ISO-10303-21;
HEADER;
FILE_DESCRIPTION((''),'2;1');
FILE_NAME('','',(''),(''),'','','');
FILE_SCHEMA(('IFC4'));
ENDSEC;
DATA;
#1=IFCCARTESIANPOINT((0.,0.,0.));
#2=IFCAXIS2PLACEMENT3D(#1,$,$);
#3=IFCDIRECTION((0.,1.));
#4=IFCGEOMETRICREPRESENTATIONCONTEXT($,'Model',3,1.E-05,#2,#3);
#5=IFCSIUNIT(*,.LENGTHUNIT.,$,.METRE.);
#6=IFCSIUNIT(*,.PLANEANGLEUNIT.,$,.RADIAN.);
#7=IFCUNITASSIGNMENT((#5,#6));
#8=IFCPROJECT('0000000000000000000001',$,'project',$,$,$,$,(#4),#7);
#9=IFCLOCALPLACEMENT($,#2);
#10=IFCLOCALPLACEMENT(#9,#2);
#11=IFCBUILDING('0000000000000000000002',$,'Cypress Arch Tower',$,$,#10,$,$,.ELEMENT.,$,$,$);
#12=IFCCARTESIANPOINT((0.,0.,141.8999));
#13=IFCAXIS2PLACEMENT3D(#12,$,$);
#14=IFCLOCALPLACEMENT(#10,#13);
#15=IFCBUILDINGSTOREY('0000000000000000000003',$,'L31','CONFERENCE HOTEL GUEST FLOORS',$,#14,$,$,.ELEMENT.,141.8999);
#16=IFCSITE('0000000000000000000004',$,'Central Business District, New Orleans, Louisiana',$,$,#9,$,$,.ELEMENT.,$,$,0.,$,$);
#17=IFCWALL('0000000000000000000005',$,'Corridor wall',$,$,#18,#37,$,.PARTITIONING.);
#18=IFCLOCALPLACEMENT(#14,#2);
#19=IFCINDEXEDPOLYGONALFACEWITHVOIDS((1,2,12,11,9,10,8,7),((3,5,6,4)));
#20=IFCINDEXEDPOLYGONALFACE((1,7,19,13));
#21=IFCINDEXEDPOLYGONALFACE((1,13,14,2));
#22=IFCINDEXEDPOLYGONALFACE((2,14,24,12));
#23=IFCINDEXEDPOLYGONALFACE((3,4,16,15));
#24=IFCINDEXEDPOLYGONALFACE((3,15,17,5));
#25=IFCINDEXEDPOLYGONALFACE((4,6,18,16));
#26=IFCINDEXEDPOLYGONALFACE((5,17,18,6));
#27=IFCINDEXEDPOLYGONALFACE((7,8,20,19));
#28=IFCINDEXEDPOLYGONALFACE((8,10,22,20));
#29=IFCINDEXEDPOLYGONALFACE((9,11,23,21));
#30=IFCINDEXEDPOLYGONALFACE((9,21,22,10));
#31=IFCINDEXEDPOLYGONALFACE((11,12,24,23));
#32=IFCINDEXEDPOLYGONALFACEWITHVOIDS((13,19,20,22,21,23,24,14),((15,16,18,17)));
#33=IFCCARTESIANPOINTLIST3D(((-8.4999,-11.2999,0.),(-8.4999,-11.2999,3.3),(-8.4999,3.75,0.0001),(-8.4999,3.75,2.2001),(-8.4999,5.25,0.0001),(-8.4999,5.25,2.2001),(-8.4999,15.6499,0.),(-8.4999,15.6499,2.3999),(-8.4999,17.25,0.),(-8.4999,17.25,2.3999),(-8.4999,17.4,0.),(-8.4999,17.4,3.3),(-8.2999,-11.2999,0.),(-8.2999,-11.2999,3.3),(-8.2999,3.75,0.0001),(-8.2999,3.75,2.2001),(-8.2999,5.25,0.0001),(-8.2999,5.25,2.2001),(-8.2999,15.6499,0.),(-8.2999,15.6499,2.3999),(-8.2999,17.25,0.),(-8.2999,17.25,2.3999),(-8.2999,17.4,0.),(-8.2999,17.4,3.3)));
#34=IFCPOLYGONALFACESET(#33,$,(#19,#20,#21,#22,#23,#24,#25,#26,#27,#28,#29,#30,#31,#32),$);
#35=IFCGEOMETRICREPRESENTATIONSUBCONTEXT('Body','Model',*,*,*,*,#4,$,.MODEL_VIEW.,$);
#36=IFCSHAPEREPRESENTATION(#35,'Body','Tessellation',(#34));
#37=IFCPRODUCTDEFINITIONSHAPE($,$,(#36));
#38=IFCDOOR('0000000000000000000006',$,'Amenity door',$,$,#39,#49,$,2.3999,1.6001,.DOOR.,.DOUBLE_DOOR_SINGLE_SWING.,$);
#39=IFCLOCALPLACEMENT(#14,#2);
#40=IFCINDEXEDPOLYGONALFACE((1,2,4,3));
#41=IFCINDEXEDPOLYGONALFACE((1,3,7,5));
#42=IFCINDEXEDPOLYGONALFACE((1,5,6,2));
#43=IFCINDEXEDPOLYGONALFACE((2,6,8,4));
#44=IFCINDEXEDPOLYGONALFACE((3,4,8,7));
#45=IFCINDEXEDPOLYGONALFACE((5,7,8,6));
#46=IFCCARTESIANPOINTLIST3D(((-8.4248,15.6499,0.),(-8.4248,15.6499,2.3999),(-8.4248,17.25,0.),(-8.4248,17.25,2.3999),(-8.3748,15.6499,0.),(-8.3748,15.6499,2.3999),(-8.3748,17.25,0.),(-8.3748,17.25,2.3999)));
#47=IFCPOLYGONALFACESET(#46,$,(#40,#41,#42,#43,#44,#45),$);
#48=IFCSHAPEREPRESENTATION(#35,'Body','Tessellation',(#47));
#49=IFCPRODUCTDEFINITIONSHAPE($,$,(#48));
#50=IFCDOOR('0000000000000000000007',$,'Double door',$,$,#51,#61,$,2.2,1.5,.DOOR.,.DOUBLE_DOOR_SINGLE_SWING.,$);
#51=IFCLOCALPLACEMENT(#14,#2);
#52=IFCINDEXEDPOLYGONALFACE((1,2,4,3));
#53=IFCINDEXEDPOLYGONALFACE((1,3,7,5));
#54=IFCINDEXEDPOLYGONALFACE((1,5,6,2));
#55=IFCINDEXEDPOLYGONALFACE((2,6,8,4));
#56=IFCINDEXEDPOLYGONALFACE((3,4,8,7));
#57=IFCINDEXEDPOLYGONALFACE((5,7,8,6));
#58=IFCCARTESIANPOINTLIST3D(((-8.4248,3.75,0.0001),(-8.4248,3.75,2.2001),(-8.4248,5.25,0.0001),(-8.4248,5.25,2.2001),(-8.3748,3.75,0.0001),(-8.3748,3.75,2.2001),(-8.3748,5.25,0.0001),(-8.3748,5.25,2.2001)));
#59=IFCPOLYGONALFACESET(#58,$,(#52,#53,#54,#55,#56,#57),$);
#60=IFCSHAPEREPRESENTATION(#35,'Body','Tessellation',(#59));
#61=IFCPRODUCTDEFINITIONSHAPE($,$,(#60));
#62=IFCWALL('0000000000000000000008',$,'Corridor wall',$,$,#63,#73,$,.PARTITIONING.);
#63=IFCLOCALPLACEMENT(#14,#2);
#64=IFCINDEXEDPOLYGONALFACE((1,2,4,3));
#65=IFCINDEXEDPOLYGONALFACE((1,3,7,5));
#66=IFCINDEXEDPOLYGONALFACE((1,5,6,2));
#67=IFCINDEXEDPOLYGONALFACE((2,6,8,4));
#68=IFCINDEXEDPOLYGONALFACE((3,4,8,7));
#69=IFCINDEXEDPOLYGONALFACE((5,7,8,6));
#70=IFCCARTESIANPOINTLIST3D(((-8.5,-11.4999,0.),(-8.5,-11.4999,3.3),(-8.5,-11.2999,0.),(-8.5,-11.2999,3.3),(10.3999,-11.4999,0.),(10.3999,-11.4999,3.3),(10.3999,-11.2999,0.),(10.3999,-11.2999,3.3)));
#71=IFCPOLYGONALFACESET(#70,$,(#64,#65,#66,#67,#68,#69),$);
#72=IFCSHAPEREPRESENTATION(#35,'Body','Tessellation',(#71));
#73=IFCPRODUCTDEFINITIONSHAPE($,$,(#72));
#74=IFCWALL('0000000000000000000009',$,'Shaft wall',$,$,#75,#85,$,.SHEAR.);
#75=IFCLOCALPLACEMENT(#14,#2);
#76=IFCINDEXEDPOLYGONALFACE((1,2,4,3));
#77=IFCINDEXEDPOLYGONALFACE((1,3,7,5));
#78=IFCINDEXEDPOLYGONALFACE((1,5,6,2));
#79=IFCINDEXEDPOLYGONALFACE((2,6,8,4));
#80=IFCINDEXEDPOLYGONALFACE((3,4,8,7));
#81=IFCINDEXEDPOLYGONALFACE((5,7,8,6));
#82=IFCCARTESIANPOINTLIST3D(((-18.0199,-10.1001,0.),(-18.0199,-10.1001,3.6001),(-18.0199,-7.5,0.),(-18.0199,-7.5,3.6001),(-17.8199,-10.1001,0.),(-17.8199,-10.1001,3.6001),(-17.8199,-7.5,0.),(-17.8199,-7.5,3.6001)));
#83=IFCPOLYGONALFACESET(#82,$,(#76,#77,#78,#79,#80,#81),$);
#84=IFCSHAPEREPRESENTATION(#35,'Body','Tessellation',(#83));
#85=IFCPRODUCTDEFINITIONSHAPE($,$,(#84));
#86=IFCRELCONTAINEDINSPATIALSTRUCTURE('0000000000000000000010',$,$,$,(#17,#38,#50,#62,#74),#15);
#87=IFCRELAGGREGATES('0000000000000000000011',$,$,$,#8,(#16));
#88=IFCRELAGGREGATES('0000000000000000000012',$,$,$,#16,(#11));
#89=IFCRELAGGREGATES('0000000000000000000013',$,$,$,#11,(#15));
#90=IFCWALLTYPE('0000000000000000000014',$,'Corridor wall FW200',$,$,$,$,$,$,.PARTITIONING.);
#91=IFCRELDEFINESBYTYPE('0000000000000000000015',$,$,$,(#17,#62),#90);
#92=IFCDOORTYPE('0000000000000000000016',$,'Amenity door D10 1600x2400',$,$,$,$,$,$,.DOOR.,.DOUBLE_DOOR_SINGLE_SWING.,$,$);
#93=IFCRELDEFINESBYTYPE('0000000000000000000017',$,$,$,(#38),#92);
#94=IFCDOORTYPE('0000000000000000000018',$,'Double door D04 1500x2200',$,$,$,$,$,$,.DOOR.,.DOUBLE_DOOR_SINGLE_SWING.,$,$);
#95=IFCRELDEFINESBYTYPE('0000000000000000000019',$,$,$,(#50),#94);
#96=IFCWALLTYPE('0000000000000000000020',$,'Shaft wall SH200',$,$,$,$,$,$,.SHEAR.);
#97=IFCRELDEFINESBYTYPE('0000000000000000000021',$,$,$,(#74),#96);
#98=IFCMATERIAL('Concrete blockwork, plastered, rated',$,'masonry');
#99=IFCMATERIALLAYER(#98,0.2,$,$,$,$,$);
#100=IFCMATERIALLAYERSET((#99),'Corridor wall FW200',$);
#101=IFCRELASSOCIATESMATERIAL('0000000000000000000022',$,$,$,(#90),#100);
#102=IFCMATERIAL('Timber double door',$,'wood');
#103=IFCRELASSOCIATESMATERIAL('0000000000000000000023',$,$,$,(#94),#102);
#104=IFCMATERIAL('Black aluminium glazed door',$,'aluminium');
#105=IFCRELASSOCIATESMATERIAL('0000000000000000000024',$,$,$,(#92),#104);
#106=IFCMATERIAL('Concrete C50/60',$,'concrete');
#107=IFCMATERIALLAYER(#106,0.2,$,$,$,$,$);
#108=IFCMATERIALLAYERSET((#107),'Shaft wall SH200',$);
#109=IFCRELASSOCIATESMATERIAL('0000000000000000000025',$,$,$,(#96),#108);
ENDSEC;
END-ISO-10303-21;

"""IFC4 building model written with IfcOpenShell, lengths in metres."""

from ifc_helpers import new_model, si_unit, direction, frame, frame_2d, origin, place, context, subcontext, project, spatial, rectangle, extrude, material, layer, layer_set, type_object, element, fill, save


model = new_model("IFC4")

# Units and contexts
model_context = context("Model", 3, precision=1e-05, world=origin(), true_north=direction((0.0, 1.0)))
body_context = subcontext(model_context, "Body", "Model", "MODEL_VIEW")
ifc_project = project(units=[si_unit("LENGTHUNIT", "METRE"), si_unit("PLANEANGLEUNIT", "RADIAN")], contexts=[model_context])

# Site, building, storey
site_placement = place(None, origin())
site = spatial("IfcSite", under=ifc_project, at=site_placement, Name="Central Business District, New Orleans, Louisiana", CompositionType="ELEMENT", RefElevation=0.0)
building_placement = place(site_placement, origin())
building = spatial("IfcBuilding", under=site, at=building_placement, Name="Cypress Arch Tower", CompositionType="ELEMENT")
storey_placement = place(building_placement, frame((0.0, 0.0, 141.8999)))
storey = spatial("IfcBuildingStorey", under=building, at=storey_placement, Name="L31", Description="CONFERENCE HOTEL GUEST FLOORS", CompositionType="ELEMENT", Elevation=141.8999)

# Wall, openings, doors
ifc_material_1 = material(Name="Concrete blockwork, plastered, rated", Category="masonry")
ifc_layer_1 = layer(ifc_material_1, 0.2)
ifc_layer_set_1 = layer_set([ifc_layer_1], Name="Corridor wall FW200")
wall_type_1 = type_object("IfcWallType", Name="Corridor wall FW200", PredefinedType="PARTITIONING", material=ifc_layer_set_1)
ifc_material_2 = material(Name="Timber double door", Category="wood")
door_type_1 = type_object("IfcDoorType", Name="Double door D04 1500x2200", OperationType="DOUBLE_DOOR_SINGLE_SWING", PredefinedType="DOOR", material=ifc_material_2)
wall_1_placement = place(storey_placement, frame((-8.3999, -11.3, 0.0), z_axis=(0.0, 0.0, 1.0), x_axis=(0.0, 1.0, 0.0)))
wall_1 = element("IfcWall", 1, at=wall_1_placement, inside=storey, type_object=wall_type_1, Name="Corridor wall", PredefinedType="PARTITIONING", context=body_context, shape_type="SweptSolid", body=[
    extrude(rectangle(XDim=28.7, YDim=0.2, at=frame_2d((14.3501, 0.0))), origin(), (0.0, 0.0, 1.0), 3.3),
])
opening_1_placement = place(wall_1_placement, frame((15.05, 0.0, 0.0)))
opening_1 = element("IfcOpeningElement", 2, at=opening_1_placement, cuts=wall_1, PredefinedType="OPENING", context=body_context, shape_type="SweptSolid", body=[
    extrude(rectangle(XDim=1.5, YDim=2.2, at=frame_2d((0.75, 1.1001))), frame((0.0, 0.1099, 0.0), z_axis=(0.0, -1.0, 0.0), x_axis=(1.0, 0.0, 0.0)), (0.0, 0.0, 1.0), 0.22),
])
opening_2_placement = place(wall_1_placement, frame((26.95, 0.0, 0.0)))
opening_2 = element("IfcOpeningElement", 3, at=opening_2_placement, cuts=wall_1, PredefinedType="OPENING", context=body_context, shape_type="SweptSolid", body=[
    extrude(rectangle(XDim=1.6001, YDim=2.3999, at=frame_2d((0.8, 1.2))), frame((0.0, 0.1099, 0.0), z_axis=(0.0, -1.0, 0.0), x_axis=(1.0, 0.0, 0.0)), (0.0, 0.0, 1.0), 0.22),
])
ifc_material_3 = material(Name="Black aluminium glazed door", Category="aluminium")
door_type_2 = type_object("IfcDoorType", Name="Amenity door D10 1600x2400", OperationType="DOUBLE_DOOR_SINGLE_SWING", PredefinedType="DOOR", material=ifc_material_3)
door_1_placement = place(opening_2_placement, origin())
door_1 = element("IfcDoor", 4, at=door_1_placement, inside=storey, type_object=door_type_2, Name="Amenity door", OperationType="DOUBLE_DOOR_SINGLE_SWING", OverallHeight=2.3999, OverallWidth=1.6001, PredefinedType="DOOR", context=body_context, shape_type="SweptSolid", body=[
    extrude(rectangle(XDim=1.6001, YDim=2.3999, at=frame_2d((0.8, 1.2))), frame((0.0, 0.0249, 0.0), z_axis=(0.0, -1.0, 0.0), x_axis=(1.0, 0.0, 0.0)), (0.0, 0.0, 1.0), 0.05),
])
fill(opening_2, door_1)
door_2_placement = place(opening_1_placement, origin())
door_2 = element("IfcDoor", 5, at=door_2_placement, inside=storey, type_object=door_type_1, Name="Double door", OperationType="DOUBLE_DOOR_SINGLE_SWING", OverallHeight=2.2, OverallWidth=1.5, PredefinedType="DOOR", context=body_context, shape_type="SweptSolid", body=[
    extrude(rectangle(XDim=1.5, YDim=2.2, at=frame_2d((0.75, 1.1001))), frame((0.0, 0.0249, 0.0), z_axis=(0.0, -1.0, 0.0), x_axis=(1.0, 0.0, 0.0)), (0.0, 0.0, 1.0), 0.05),
])
fill(opening_1, door_2)

# Walls
wall_2_placement = place(storey_placement, frame((-8.5, -11.3999, 0.0), z_axis=(0.0, 0.0, 1.0), x_axis=(1.0, 0.0, 0.0)))
element("IfcWall", 6, at=wall_2_placement, inside=storey, type_object=wall_type_1, Name="Corridor wall", PredefinedType="PARTITIONING", context=body_context, shape_type="SweptSolid", body=[
    extrude(rectangle(XDim=18.8999, YDim=0.2, at=frame_2d((9.45, 0.0))), origin(), (0.0, 0.0, 1.0), 3.3),
])
ifc_material_4 = material(Name="Concrete C50/60", Category="concrete")
ifc_layer_2 = layer(ifc_material_4, 0.2)
ifc_layer_set_2 = layer_set([ifc_layer_2], Name="Shaft wall SH200")
wall_type_2 = type_object("IfcWallType", Name="Shaft wall SH200", PredefinedType="SHEAR", material=ifc_layer_set_2)
wall_3_placement = place(storey_placement, frame((-17.9199, -10.1001, 0.0), z_axis=(0.0, 0.0, 1.0), x_axis=(0.0, 1.0, 0.0)))
element("IfcWall", 7, at=wall_3_placement, inside=storey, type_object=wall_type_2, Name="Shaft wall", PredefinedType="SHEAR", context=body_context, shape_type="SweptSolid", body=[
    extrude(rectangle(XDim=2.6001, YDim=0.2, at=frame_2d((1.3, 0.0))), origin(), (0.0, 0.0, 1.0), 3.6001),
])

save(model, "model.ifc")
